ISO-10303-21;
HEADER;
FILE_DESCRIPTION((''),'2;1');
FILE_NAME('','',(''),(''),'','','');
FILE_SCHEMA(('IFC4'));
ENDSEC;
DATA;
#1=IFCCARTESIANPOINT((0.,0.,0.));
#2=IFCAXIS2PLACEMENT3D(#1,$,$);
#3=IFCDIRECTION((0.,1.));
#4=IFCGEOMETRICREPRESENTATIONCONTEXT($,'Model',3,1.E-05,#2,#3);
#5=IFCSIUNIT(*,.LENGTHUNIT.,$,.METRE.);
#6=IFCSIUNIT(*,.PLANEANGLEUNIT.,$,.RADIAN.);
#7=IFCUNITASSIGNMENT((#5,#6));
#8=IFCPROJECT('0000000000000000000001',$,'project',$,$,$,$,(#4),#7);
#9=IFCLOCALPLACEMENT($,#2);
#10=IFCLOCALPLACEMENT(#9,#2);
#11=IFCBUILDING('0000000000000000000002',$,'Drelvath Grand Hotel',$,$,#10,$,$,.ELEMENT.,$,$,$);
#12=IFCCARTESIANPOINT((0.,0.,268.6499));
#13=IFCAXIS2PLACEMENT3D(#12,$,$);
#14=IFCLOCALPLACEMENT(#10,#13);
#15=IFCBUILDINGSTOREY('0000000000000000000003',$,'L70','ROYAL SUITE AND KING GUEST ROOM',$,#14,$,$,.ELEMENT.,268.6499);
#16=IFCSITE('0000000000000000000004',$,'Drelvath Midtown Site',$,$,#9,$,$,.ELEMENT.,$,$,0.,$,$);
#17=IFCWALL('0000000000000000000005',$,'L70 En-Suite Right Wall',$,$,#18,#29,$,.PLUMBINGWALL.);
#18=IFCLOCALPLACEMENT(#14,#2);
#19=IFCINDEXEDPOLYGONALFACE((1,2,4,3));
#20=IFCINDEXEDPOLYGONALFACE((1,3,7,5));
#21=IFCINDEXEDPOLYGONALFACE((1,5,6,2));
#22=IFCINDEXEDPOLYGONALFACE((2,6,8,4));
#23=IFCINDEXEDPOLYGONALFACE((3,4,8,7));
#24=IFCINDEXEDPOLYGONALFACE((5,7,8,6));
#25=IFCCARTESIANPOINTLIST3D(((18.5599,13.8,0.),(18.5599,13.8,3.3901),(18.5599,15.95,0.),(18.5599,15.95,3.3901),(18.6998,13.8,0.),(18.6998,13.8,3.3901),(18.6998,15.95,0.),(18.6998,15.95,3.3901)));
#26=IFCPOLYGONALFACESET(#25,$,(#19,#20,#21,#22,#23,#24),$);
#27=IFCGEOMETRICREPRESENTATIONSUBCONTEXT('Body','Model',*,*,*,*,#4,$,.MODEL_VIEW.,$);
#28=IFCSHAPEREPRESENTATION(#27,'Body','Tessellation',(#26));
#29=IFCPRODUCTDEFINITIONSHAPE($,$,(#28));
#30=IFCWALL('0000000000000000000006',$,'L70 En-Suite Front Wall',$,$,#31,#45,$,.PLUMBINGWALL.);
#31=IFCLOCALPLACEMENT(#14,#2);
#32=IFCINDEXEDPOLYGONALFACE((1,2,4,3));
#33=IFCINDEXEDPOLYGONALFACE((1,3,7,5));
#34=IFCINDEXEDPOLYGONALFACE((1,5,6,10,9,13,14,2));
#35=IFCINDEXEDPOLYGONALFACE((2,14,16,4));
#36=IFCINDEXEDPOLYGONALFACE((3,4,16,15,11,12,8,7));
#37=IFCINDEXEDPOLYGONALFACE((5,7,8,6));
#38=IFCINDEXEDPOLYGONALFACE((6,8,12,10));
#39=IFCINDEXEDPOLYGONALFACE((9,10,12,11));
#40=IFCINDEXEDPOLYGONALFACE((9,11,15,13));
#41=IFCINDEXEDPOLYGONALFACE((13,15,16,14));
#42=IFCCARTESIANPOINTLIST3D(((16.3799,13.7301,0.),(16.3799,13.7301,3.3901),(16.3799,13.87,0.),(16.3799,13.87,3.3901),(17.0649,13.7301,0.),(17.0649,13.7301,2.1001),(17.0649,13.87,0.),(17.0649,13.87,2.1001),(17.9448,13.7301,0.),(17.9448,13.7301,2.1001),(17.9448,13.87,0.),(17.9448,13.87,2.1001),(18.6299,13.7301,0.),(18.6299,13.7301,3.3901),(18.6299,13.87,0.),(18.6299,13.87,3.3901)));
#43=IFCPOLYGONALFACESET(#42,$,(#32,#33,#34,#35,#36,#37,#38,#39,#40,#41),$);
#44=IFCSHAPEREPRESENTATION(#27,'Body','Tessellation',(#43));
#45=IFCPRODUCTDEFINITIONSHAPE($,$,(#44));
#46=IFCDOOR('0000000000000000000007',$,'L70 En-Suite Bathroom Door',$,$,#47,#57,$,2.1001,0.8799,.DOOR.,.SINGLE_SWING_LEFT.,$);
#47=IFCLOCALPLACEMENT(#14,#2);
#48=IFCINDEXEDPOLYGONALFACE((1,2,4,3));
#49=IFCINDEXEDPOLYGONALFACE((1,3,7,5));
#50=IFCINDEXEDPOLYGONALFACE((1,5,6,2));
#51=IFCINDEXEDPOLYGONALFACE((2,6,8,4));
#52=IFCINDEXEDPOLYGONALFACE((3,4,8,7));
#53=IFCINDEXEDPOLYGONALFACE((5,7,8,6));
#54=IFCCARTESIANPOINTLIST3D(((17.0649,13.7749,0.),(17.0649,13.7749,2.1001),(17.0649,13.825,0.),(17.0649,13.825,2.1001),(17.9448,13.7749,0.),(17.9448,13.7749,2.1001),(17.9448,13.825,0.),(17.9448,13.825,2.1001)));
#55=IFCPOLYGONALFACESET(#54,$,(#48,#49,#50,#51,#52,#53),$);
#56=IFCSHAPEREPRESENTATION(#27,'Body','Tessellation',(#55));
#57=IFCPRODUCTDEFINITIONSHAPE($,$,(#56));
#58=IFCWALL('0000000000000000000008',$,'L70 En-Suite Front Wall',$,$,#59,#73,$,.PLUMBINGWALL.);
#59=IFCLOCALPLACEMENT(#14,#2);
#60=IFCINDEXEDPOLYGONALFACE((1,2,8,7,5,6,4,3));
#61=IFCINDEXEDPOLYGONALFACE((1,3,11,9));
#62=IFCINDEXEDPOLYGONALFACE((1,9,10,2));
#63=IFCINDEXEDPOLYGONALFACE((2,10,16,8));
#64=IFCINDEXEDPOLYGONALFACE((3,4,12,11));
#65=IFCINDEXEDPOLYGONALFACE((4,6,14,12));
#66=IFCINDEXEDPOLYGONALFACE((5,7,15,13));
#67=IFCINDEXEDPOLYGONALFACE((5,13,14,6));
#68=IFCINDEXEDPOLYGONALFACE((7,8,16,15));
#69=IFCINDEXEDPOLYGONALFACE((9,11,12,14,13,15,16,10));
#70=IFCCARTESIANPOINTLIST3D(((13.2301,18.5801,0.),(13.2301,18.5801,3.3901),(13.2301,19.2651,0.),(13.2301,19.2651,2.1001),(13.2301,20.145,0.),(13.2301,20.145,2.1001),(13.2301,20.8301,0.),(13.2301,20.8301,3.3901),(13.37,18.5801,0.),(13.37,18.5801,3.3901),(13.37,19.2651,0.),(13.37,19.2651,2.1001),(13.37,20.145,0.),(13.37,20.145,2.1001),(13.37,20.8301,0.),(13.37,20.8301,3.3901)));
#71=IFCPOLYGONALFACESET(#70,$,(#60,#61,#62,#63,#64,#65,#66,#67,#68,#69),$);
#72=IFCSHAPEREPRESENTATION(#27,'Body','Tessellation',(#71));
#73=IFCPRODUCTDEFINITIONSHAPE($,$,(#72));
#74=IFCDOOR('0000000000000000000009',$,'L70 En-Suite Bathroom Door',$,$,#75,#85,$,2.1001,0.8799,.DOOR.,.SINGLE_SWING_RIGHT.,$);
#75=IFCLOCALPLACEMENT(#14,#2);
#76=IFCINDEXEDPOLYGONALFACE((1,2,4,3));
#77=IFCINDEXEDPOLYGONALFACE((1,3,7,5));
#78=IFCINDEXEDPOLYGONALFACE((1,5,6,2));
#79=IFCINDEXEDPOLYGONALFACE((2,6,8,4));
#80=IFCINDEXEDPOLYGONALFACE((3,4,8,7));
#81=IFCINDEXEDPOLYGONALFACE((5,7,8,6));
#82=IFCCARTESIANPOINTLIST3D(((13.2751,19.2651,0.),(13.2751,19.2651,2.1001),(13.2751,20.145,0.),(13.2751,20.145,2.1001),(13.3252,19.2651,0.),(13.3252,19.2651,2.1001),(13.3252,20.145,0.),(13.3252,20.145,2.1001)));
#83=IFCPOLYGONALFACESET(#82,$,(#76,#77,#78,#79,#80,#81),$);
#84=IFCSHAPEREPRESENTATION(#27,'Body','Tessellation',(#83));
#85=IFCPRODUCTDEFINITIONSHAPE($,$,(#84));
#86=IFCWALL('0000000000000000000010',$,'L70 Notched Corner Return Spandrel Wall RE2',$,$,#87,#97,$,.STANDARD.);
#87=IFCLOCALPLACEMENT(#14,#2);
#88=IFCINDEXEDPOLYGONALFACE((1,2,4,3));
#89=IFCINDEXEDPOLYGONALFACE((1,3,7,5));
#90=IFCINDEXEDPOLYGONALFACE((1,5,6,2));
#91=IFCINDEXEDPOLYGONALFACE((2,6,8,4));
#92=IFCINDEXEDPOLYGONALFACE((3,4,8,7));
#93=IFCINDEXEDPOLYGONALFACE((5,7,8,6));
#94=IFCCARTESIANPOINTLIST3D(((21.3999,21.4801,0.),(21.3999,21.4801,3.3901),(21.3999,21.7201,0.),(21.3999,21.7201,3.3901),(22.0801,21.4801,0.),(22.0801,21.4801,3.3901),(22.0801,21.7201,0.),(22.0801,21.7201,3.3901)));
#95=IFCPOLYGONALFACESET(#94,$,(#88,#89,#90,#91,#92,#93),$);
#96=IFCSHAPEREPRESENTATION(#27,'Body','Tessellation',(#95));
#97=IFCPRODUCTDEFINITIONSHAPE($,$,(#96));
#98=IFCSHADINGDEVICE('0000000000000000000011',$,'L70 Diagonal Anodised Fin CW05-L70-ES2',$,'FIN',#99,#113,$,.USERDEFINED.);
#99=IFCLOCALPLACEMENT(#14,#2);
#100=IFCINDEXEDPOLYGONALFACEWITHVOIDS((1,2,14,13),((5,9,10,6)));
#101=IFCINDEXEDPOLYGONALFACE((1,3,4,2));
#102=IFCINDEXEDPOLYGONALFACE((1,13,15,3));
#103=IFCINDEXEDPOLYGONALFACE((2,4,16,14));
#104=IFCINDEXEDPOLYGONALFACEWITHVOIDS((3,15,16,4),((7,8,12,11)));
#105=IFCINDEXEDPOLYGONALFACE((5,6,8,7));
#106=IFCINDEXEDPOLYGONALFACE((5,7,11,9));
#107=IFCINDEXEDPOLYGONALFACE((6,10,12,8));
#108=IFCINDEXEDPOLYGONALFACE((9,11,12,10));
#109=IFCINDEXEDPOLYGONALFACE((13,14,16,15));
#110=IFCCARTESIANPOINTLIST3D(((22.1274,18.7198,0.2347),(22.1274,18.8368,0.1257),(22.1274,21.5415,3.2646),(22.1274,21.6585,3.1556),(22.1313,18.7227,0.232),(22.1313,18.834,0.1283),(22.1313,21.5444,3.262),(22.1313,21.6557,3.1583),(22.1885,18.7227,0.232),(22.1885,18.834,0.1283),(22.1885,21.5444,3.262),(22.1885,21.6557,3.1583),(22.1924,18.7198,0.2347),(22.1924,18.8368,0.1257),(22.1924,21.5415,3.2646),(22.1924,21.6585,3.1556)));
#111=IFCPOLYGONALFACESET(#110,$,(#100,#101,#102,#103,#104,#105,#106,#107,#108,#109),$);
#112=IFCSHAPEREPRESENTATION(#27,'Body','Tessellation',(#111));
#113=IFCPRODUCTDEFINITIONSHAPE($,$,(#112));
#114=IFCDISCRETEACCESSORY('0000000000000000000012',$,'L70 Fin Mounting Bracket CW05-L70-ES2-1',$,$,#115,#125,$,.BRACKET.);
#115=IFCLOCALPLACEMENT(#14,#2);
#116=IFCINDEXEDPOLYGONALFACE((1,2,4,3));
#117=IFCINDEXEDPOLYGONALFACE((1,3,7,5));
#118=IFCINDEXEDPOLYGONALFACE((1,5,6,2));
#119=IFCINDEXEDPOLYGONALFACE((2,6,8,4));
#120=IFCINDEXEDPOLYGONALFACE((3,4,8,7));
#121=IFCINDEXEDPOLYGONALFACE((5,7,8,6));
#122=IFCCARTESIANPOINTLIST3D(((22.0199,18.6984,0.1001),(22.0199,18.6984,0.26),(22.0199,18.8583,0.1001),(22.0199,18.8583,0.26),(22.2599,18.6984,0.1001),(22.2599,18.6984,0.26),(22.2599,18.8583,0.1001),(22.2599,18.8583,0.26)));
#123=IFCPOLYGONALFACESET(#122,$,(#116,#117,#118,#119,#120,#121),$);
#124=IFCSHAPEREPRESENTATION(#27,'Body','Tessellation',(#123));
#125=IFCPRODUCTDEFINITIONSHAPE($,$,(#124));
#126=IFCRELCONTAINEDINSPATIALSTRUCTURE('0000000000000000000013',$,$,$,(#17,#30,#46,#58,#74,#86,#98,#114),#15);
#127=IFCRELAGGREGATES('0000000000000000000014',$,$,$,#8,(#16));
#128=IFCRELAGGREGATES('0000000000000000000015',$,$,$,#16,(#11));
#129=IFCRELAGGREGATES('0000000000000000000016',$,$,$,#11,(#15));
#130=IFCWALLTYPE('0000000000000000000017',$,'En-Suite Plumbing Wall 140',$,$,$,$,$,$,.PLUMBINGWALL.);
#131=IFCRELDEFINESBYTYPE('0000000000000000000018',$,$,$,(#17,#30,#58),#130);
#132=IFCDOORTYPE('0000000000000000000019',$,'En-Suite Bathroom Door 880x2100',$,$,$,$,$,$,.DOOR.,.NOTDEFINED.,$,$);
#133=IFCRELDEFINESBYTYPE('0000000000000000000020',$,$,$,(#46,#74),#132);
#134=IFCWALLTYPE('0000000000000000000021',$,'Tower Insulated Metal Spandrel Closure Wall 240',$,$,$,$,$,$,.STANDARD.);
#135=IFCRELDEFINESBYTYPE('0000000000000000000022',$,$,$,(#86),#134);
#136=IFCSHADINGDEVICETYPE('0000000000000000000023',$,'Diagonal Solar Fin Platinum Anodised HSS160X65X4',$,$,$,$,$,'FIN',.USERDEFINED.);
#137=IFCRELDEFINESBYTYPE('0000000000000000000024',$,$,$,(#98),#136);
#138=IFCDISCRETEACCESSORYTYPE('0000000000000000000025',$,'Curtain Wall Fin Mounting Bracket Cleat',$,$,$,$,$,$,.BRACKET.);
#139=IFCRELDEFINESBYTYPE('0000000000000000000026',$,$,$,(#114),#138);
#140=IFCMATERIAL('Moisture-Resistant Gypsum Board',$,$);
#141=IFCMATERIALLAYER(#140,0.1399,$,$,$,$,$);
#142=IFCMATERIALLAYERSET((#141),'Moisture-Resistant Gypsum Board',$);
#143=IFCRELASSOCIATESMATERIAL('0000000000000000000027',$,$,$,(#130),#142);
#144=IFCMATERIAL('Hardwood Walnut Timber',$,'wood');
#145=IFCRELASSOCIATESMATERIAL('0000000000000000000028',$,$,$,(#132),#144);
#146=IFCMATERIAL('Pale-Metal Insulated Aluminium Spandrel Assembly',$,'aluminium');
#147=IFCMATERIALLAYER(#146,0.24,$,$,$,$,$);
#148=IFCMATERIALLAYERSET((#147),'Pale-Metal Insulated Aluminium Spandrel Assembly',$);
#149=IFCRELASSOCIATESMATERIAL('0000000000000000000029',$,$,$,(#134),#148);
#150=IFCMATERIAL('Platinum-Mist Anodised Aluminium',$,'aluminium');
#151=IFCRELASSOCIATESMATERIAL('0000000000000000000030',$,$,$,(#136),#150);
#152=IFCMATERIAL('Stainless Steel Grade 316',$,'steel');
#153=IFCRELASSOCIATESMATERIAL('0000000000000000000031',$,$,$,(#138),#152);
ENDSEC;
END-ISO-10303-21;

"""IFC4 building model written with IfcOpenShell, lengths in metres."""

from ifc_helpers import new_model, si_unit, direction, frame, frame_2d, origin, origin_2d, place, context, subcontext, project, spatial, rectangle, hollow_rectangle, extrude, material, layer, layer_set, material_profile, profile_set, type_object, element, fill, save


model = new_model("IFC4")

# Units and contexts
model_context = context("Model", 3, precision=1e-05, world=origin(), true_north=direction((0.0, 1.0)))
body_context = subcontext(model_context, "Body", "Model", "MODEL_VIEW")
ifc_project = project(units=[si_unit("LENGTHUNIT", "METRE"), si_unit("PLANEANGLEUNIT", "RADIAN")], contexts=[model_context])

# Site, building, storey
site_placement = place(None, origin())
site = spatial("IfcSite", under=ifc_project, at=site_placement, Name="Drelvath Midtown Site", CompositionType="ELEMENT", RefElevation=0.0)
building_placement = place(site_placement, origin())
building = spatial("IfcBuilding", under=site, at=building_placement, Name="Drelvath Grand Hotel", CompositionType="ELEMENT")
storey_placement = place(building_placement, frame((0.0, 0.0, 268.6499)))
storey = spatial("IfcBuildingStorey", under=building, at=storey_placement, Name="L70", Description="ROYAL SUITE AND KING GUEST ROOM", CompositionType="ELEMENT", Elevation=268.6499)

# Wall
ifc_material_1 = material(Name="Moisture-Resistant Gypsum Board")
ifc_layer_1 = layer(ifc_material_1, 0.1399)
ifc_layer_set_1 = layer_set([ifc_layer_1], Name="Moisture-Resistant Gypsum Board")
wall_type_1 = type_object("IfcWallType", Name="En-Suite Plumbing Wall 140", PredefinedType="PLUMBINGWALL", material=ifc_layer_set_1)
wall_1_placement = place(storey_placement, frame((18.6299, 15.95, 0.0), z_axis=(0.0, 0.0, 1.0), x_axis=(0.0, -1.0, 0.0)))
element("IfcWall", 1, at=wall_1_placement, inside=storey, type_object=wall_type_1, Name="L70 En-Suite Right Wall", PredefinedType="PLUMBINGWALL", context=body_context, shape_type="SweptSolid", body=[
    extrude(rectangle(XDim=2.1499, YDim=0.1399, at=frame_2d((1.075, 0.0))), origin(), (0.0, 0.0, 1.0), 3.3901),
])

# Walls, openings, doors
wall_2_placement = place(storey_placement, frame((16.3799, 13.8, 0.0), z_axis=(0.0, 0.0, 1.0), x_axis=(1.0, 0.0, 0.0)))
wall_2 = element("IfcWall", 2, at=wall_2_placement, inside=storey, type_object=wall_type_1, Name="L70 En-Suite Front Wall", PredefinedType="PLUMBINGWALL", context=body_context, shape_type="SweptSolid", body=[
    extrude(rectangle(XDim=2.25, YDim=0.1399, at=frame_2d((1.125, 0.0))), origin(), (0.0, 0.0, 1.0), 3.3901),
])
opening_1_placement = place(wall_2_placement, frame((0.6851, 0.0, 0.0)))
opening_1 = element("IfcOpeningElement", 3, at=opening_1_placement, cuts=wall_2, PredefinedType="OPENING", context=body_context, shape_type="SweptSolid", body=[
    extrude(rectangle(XDim=0.8799, YDim=2.1001, at=frame_2d((0.4399, 1.05))), frame((0.0, 0.0798, 0.0), z_axis=(0.0, -1.0, 0.0), x_axis=(1.0, 0.0, 0.0)), (0.0, 0.0, 1.0), 0.1599),
])
ifc_material_2 = material(Name="Hardwood Walnut Timber", Category="wood")
door_type = type_object("IfcDoorType", Name="En-Suite Bathroom Door 880x2100", OperationType="NOTDEFINED", PredefinedType="DOOR", material=ifc_material_2)
door_1_placement = place(opening_1_placement, origin())
door_1 = element("IfcDoor", 4, at=door_1_placement, inside=storey, type_object=door_type, Name="L70 En-Suite Bathroom Door", OperationType="SINGLE_SWING_LEFT", OverallHeight=2.1001, OverallWidth=0.8799, PredefinedType="DOOR", context=body_context, shape_type="SweptSolid", body=[
    extrude(rectangle(XDim=0.8799, YDim=2.1001, at=frame_2d((0.4399, 1.05))), frame((0.0, 0.0249, 0.0), z_axis=(0.0, -1.0, 0.0), x_axis=(1.0, 0.0, 0.0)), (0.0, 0.0, 1.0), 0.05),
])
fill(opening_1, door_1)
wall_3_placement = place(storey_placement, frame((13.3, 18.5801, 0.0), z_axis=(0.0, 0.0, 1.0), x_axis=(0.0, 1.0, 0.0)))
wall_3 = element("IfcWall", 5, at=wall_3_placement, inside=storey, type_object=wall_type_1, Name="L70 En-Suite Front Wall", PredefinedType="PLUMBINGWALL", context=body_context, shape_type="SweptSolid", body=[
    extrude(rectangle(XDim=2.25, YDim=0.1399, at=frame_2d((1.125, 0.0))), origin(), (0.0, 0.0, 1.0), 3.3901),
])
opening_2_placement = place(wall_3_placement, frame((0.6851, 0.0, 0.0)))
opening_2 = element("IfcOpeningElement", 6, at=opening_2_placement, cuts=wall_3, PredefinedType="OPENING", context=body_context, shape_type="SweptSolid", body=[
    extrude(rectangle(XDim=0.8799, YDim=2.1001, at=frame_2d((0.4399, 1.05))), frame((0.0, 0.0798, 0.0), z_axis=(0.0, -1.0, 0.0), x_axis=(1.0, 0.0, 0.0)), (0.0, 0.0, 1.0), 0.1599),
])
door_2_placement = place(opening_2_placement, origin())
door_2 = element("IfcDoor", 7, at=door_2_placement, inside=storey, type_object=door_type, Name="L70 En-Suite Bathroom Door", OperationType="SINGLE_SWING_RIGHT", OverallHeight=2.1001, OverallWidth=0.8799, PredefinedType="DOOR", context=body_context, shape_type="SweptSolid", body=[
    extrude(rectangle(XDim=0.8799, YDim=2.1001, at=frame_2d((0.4399, 1.05))), frame((0.0, 0.0249, 0.0), z_axis=(0.0, -1.0, 0.0), x_axis=(1.0, 0.0, 0.0)), (0.0, 0.0, 1.0), 0.05),
])
fill(opening_2, door_2)

# Wall
ifc_material_3 = material(Name="Pale-Metal Insulated Aluminium Spandrel Assembly", Category="aluminium")
ifc_layer_2 = layer(ifc_material_3, 0.24)
ifc_layer_set_2 = layer_set([ifc_layer_2], Name="Pale-Metal Insulated Aluminium Spandrel Assembly")
wall_type_2 = type_object("IfcWallType", Name="Tower Insulated Metal Spandrel Closure Wall 240", PredefinedType="STANDARD", material=ifc_layer_set_2)
wall_4_placement = place(storey_placement, frame((21.3999, 21.6001, 0.0), z_axis=(0.0, 0.0, 1.0), x_axis=(1.0, 0.0, 0.0)))
element("IfcWall", 8, at=wall_4_placement, inside=storey, type_object=wall_type_2, Name="L70 Notched Corner Return Spandrel Wall RE2", PredefinedType="STANDARD", context=body_context, shape_type="SweptSolid", body=[
    extrude(rectangle(XDim=0.6802, YDim=0.24, at=frame_2d((0.3401, 0.0))), origin(), (0.0, 0.0, 1.0), 3.3901),
])

# Shading device
ifc_material_4 = material(Name="Platinum-Mist Anodised Aluminium", Category="aluminium")
ifc_material_profile_1 = material_profile(ifc_material_4, hollow_rectangle(XDim=0.0649, YDim=0.1599, WallThickness=0.0039, at=origin_2d()), Name="HSS160X65X4")
ifc_profile_set_1 = profile_set([ifc_material_profile_1], Name="Platinum-Mist Anodised Aluminium")
shading_device_type = type_object("IfcShadingDeviceType", Name="Diagonal Solar Fin Platinum Anodised HSS160X65X4", ElementType="FIN", PredefinedType="USERDEFINED", material=ifc_profile_set_1)
shading_device_placement = place(storey_placement, frame((22.1599, 18.7783, 0.1802), z_axis=(0.0, 0.681511, 0.731808), x_axis=(-1.0, 0.0, 0.0)))
element("IfcShadingDevice", 9, at=shading_device_placement, inside=storey, type_object=shading_device_type, Name="L70 Diagonal Anodised Fin CW05-L70-ES2", ObjectType="FIN", PredefinedType="USERDEFINED", context=body_context, shape_type="SweptSolid", body=[
    extrude(hollow_rectangle(XDim=0.0649, YDim=0.1599, WallThickness=0.0039, at=origin_2d()), origin(), (0.0, 0.0, 1.0), 4.1404),
])

# Discrete accessory
ifc_material_5 = material(Name="Stainless Steel Grade 316", Category="steel")
discrete_accessory_type = type_object("IfcDiscreteAccessoryType", Name="Curtain Wall Fin Mounting Bracket Cleat", PredefinedType="BRACKET", material=ifc_material_5)
discrete_accessory_placement = place(storey_placement, frame((22.1399, 18.7783, 0.1001), z_axis=(0.0, 0.0, 1.0), x_axis=(0.0, -1.0, 0.0)))
element("IfcDiscreteAccessory", 10, at=discrete_accessory_placement, inside=storey, type_object=discrete_accessory_type, Name="L70 Fin Mounting Bracket CW05-L70-ES2-1", PredefinedType="BRACKET", context=body_context, shape_type="SweptSolid", body=[
    extrude(rectangle(XDim=0.1599, YDim=0.24, at=origin_2d()), origin(), (0.0, 0.0, 1.0), 0.1599),
])

save(model, "model.ifc")
